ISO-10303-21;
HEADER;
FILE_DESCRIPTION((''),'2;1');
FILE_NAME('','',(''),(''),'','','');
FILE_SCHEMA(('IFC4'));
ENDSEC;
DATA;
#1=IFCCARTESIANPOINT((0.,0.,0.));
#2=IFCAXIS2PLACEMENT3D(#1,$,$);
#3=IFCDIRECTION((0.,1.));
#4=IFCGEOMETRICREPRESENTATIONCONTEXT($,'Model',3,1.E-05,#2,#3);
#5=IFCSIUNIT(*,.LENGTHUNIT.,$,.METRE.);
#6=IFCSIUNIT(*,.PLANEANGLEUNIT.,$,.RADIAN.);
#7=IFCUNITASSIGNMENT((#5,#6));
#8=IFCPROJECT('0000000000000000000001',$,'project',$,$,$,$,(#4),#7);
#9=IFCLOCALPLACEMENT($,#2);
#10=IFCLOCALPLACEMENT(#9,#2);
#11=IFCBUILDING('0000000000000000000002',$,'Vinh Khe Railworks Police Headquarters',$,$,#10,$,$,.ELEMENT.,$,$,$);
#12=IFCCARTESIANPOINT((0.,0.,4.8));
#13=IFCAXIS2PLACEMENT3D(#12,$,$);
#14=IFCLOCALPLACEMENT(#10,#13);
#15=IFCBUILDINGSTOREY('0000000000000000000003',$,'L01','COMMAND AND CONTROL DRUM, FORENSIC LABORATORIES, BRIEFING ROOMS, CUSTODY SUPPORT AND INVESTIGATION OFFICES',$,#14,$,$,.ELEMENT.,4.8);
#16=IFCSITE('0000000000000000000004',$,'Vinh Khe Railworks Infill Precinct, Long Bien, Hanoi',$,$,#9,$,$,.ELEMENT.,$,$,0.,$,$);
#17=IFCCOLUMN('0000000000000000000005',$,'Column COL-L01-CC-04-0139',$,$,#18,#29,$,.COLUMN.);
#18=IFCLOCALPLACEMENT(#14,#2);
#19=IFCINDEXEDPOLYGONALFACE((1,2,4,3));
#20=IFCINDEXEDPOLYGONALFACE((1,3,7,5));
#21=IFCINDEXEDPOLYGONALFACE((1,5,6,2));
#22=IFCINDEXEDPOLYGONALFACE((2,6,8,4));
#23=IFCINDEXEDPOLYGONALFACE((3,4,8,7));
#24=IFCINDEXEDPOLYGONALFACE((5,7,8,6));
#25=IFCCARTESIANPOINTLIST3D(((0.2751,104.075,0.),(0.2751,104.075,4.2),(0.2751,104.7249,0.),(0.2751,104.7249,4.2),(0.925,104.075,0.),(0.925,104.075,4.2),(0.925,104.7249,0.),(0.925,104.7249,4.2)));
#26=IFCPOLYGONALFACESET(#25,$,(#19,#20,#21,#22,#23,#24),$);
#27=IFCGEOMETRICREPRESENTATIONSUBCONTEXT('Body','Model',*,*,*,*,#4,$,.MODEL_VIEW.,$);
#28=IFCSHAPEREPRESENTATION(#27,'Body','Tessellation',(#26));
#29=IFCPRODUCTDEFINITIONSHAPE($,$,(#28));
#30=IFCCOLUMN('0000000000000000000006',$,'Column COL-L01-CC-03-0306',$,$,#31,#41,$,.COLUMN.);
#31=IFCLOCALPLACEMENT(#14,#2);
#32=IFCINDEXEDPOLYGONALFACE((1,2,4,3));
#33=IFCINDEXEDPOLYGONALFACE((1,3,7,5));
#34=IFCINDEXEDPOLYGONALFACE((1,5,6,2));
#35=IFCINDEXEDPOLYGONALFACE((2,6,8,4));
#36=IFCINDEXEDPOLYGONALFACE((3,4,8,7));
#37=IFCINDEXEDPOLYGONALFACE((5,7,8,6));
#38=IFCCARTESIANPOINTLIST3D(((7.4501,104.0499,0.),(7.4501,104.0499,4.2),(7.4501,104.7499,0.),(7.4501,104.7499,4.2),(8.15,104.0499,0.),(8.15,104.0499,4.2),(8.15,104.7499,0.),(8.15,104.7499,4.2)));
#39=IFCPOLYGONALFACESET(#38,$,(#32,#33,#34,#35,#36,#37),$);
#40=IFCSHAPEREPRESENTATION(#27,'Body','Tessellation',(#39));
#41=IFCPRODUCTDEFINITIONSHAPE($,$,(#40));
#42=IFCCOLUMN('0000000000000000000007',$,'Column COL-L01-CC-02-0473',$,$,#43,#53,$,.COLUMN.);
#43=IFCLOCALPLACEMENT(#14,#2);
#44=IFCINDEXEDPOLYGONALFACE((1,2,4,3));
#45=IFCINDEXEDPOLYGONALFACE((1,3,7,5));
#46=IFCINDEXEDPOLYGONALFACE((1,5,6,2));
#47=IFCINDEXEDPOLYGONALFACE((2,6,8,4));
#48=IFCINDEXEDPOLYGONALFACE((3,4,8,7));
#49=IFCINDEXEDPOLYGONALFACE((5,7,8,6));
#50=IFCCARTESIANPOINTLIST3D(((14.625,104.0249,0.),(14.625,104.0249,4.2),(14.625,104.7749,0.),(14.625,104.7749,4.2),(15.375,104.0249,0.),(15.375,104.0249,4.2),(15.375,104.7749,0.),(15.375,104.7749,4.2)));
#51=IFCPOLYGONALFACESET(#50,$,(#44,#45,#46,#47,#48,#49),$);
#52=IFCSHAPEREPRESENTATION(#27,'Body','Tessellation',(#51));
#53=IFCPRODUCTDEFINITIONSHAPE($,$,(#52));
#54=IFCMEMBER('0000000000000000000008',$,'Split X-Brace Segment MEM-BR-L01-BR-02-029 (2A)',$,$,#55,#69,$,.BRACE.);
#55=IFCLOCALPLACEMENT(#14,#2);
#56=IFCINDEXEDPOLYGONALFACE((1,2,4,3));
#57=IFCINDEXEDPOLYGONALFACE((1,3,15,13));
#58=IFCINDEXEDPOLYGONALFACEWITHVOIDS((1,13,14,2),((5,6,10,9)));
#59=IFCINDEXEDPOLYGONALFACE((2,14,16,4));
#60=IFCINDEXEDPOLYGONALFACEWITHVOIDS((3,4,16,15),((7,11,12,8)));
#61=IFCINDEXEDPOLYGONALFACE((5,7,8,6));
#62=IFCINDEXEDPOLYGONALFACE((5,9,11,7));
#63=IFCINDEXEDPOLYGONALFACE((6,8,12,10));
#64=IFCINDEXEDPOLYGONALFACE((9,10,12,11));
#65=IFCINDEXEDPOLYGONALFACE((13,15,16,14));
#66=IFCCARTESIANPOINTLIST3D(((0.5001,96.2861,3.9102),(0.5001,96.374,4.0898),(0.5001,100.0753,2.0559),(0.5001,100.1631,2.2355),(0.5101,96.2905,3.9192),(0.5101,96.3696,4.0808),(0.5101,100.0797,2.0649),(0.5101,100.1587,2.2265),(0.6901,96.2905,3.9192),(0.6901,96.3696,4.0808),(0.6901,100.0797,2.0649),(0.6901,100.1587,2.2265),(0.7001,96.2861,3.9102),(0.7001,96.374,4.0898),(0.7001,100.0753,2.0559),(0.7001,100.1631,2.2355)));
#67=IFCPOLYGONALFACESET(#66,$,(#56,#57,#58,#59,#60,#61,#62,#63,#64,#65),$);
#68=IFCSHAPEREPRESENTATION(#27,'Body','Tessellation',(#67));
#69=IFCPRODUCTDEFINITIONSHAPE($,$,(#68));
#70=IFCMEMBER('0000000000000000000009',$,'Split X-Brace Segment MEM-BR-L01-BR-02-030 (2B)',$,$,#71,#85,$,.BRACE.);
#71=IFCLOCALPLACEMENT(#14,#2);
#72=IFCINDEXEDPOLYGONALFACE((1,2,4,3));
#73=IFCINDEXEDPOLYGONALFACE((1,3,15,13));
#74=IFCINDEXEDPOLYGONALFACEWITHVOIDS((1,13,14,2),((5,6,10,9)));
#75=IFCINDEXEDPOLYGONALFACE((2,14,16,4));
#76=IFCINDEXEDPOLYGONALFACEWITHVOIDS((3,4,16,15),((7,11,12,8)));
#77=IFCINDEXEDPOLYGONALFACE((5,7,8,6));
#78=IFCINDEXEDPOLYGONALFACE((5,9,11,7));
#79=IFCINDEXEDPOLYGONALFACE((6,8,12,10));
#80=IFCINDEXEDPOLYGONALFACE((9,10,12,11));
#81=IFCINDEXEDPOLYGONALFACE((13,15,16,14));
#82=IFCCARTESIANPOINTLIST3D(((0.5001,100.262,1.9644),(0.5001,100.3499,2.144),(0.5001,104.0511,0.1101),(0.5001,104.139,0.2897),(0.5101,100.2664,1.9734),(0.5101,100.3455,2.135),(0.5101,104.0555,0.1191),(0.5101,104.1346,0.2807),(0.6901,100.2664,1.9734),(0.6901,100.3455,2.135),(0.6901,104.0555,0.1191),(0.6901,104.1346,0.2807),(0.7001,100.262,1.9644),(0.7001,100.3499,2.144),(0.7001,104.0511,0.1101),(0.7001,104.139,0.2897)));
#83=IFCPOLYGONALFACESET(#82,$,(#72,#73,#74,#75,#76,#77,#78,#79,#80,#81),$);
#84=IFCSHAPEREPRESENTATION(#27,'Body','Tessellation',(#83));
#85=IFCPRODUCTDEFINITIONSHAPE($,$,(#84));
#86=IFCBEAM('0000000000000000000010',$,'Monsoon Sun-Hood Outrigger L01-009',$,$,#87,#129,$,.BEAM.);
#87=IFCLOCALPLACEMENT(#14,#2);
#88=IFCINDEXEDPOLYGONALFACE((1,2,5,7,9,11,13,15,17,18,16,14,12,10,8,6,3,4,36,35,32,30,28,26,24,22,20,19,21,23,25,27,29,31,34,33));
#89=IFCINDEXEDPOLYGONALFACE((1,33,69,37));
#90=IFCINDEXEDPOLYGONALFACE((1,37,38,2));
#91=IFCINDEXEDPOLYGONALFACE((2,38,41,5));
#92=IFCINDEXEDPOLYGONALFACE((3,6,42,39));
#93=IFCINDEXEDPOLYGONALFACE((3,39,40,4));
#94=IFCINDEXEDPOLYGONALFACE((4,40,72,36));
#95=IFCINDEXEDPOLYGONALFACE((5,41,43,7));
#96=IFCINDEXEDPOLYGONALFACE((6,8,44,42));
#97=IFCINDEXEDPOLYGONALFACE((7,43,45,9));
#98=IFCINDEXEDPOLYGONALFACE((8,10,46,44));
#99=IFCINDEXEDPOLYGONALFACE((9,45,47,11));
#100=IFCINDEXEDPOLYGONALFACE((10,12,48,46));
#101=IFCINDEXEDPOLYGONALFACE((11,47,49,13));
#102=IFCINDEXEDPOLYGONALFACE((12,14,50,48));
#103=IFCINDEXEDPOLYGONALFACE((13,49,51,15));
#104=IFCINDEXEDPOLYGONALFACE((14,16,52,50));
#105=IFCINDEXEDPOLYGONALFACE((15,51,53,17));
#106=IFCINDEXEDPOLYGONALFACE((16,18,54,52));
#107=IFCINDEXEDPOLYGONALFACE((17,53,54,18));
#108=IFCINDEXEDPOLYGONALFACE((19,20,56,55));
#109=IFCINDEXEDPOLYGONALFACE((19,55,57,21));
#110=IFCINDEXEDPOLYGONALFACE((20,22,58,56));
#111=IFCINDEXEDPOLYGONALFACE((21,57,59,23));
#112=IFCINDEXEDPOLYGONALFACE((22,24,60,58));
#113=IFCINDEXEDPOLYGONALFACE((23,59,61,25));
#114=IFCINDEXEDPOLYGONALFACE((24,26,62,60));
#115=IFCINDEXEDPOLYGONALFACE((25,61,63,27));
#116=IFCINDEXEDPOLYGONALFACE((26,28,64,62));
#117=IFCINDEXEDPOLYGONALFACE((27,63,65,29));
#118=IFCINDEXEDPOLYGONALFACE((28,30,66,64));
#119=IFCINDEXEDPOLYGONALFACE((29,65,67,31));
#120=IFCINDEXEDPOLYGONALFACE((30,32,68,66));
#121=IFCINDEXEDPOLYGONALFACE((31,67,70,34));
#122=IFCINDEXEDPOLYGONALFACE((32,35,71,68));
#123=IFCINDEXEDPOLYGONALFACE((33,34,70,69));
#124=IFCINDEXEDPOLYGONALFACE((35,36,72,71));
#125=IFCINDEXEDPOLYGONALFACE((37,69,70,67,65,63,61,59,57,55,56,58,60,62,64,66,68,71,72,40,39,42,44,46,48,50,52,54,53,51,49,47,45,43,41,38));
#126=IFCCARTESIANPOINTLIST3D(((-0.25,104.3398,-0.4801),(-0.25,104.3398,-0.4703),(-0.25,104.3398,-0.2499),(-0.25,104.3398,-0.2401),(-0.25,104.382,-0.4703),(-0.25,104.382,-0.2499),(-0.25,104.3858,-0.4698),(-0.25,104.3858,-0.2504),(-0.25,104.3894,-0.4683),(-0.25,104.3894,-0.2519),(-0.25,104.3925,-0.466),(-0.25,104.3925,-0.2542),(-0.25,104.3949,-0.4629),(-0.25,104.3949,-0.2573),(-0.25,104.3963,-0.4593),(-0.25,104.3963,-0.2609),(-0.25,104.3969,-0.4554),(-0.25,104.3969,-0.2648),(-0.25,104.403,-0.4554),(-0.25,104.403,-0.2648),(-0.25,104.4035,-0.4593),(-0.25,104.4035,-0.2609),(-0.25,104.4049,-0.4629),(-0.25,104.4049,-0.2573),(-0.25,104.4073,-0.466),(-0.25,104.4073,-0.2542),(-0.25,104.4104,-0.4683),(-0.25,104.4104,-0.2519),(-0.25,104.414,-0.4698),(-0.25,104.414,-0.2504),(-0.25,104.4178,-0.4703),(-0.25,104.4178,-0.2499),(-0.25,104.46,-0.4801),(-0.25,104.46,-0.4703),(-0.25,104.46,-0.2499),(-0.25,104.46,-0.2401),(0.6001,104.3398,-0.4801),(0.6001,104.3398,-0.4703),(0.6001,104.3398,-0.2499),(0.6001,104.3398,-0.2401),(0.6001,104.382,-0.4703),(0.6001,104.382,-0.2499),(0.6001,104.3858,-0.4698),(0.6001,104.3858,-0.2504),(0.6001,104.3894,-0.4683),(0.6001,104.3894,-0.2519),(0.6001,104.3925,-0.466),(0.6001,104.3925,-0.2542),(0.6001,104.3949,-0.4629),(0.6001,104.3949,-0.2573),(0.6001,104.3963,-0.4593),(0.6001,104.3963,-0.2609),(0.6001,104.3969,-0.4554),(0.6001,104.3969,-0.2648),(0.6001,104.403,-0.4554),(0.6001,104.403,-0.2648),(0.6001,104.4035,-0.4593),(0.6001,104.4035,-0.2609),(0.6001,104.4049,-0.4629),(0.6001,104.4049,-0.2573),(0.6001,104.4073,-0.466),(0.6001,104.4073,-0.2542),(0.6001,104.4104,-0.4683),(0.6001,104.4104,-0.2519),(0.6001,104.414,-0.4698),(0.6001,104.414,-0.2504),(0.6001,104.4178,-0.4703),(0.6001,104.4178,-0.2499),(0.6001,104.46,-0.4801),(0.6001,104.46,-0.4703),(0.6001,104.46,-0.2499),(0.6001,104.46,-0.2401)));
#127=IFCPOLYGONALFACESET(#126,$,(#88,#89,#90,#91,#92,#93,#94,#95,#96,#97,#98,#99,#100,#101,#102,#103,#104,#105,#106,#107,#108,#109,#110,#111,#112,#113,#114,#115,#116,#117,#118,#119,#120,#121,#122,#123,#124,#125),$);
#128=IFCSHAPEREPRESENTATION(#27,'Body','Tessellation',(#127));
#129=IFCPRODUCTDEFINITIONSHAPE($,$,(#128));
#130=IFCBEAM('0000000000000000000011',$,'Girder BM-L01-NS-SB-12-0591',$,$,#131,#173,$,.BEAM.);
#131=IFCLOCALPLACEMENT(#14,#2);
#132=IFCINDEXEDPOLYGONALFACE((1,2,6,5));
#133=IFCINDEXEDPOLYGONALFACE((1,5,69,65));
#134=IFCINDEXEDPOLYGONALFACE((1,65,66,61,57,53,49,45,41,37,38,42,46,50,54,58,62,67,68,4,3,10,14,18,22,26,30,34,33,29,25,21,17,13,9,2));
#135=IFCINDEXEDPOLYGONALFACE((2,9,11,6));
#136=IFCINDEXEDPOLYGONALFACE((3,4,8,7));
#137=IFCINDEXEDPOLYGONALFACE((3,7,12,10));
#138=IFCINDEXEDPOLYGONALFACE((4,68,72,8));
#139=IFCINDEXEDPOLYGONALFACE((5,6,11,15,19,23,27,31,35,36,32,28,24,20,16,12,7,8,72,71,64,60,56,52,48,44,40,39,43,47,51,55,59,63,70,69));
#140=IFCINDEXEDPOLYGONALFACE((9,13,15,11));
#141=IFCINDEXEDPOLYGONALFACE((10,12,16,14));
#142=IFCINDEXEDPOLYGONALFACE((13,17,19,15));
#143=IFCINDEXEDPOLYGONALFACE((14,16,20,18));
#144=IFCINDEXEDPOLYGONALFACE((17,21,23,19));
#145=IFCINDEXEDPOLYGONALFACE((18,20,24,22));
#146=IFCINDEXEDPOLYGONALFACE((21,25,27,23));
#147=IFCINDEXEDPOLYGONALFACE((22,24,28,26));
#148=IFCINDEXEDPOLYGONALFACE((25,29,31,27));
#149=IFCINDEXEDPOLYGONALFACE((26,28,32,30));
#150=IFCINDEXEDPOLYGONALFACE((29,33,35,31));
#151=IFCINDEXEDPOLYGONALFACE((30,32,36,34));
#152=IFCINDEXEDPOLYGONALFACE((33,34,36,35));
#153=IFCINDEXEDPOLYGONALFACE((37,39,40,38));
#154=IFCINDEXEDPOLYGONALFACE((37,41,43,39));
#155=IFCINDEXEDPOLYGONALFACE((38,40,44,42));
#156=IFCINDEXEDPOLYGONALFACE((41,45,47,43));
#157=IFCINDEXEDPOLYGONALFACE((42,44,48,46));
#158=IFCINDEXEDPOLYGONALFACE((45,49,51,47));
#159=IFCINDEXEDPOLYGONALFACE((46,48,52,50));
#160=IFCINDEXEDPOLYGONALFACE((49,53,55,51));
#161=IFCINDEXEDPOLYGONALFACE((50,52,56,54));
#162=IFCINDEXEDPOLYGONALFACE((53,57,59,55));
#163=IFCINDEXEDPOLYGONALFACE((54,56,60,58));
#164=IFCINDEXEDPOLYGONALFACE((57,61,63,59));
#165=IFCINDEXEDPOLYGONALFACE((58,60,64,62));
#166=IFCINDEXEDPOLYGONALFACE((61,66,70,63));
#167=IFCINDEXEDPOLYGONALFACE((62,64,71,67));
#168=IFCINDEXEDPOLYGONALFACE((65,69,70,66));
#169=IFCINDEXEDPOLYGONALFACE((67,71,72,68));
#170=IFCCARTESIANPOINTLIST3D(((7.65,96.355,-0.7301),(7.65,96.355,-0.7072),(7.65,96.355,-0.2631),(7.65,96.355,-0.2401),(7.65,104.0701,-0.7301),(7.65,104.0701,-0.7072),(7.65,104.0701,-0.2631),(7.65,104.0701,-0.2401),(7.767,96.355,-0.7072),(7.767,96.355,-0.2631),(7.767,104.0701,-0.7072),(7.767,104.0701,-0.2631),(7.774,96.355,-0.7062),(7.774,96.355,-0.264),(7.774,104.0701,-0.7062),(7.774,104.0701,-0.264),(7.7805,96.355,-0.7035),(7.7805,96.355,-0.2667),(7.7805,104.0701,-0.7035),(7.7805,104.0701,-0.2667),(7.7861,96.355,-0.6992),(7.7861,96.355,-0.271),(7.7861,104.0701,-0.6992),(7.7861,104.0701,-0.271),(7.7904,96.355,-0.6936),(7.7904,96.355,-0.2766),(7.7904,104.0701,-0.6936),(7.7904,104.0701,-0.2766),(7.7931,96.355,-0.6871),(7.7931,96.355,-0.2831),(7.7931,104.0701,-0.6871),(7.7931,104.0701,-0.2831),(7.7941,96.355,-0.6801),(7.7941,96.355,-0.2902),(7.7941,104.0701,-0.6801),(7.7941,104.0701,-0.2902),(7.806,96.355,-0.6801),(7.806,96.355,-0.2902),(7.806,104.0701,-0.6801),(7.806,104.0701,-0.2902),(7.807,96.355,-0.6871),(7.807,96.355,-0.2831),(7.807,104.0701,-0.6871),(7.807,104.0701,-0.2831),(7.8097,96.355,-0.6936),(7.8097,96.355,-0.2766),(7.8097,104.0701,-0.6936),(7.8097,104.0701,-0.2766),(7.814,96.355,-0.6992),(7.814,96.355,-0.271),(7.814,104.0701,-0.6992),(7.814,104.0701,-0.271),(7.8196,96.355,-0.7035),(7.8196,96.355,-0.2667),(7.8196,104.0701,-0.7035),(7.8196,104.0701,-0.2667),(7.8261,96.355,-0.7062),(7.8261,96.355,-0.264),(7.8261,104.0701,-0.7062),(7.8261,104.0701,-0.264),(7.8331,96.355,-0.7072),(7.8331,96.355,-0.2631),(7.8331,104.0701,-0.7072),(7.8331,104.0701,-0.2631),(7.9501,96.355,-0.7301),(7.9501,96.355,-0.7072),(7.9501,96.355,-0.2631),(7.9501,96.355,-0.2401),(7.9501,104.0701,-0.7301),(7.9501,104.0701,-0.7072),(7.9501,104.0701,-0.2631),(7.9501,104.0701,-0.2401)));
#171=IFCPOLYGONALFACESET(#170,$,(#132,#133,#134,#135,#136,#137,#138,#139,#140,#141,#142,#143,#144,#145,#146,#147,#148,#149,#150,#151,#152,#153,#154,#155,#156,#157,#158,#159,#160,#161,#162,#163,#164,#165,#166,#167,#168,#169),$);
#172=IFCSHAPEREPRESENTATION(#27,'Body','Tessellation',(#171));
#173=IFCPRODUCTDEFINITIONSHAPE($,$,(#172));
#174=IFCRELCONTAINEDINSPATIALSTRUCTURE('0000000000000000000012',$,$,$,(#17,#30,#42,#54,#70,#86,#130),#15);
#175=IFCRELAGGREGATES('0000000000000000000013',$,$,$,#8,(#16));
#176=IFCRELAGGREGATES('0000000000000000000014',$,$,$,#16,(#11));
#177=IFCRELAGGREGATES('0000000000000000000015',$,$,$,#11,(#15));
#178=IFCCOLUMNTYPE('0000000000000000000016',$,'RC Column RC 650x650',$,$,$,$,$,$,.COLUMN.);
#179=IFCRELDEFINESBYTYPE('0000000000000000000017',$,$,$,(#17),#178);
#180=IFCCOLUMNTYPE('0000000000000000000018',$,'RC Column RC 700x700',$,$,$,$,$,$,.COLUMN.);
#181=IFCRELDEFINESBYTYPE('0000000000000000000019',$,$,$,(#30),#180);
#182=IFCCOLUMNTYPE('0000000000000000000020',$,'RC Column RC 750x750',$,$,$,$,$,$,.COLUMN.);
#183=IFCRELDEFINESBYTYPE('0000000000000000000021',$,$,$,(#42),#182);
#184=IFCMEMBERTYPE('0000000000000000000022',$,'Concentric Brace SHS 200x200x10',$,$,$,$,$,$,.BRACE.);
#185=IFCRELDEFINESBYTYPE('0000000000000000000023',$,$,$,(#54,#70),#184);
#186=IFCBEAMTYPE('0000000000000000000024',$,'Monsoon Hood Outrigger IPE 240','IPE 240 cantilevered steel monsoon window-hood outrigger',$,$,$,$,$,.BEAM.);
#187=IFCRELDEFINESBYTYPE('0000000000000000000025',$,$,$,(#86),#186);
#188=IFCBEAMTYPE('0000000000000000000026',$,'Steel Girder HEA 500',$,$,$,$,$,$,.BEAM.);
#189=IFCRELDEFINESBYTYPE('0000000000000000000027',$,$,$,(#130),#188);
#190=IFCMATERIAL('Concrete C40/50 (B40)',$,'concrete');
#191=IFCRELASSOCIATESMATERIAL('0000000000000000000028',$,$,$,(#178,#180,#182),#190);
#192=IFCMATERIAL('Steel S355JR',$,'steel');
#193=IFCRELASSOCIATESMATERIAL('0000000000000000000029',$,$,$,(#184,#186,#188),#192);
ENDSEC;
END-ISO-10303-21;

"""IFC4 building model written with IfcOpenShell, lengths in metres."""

from ifc_helpers import new_model, si_unit, direction, frame, origin, origin_2d, place, context, subcontext, project, spatial, rectangle, hollow_rectangle, i_section, extrude, material, material_profile, profile_set, type_object, element, save


model = new_model("IFC4")

# Units and contexts
model_context = context("Model", 3, precision=1e-05, world=origin(), true_north=direction((0.0, 1.0)))
body_context = subcontext(model_context, "Body", "Model", "MODEL_VIEW")
ifc_project = project(units=[si_unit("LENGTHUNIT", "METRE"), si_unit("PLANEANGLEUNIT", "RADIAN")], contexts=[model_context])

# Site, building, storey
site_placement = place(None, origin())
site = spatial("IfcSite", under=ifc_project, at=site_placement, Name="Vinh Khe Railworks Infill Precinct, Long Bien, Hanoi", CompositionType="ELEMENT", RefElevation=0.0)
building_placement = place(site_placement, origin())
building = spatial("IfcBuilding", under=site, at=building_placement, Name="Vinh Khe Railworks Police Headquarters", CompositionType="ELEMENT")
storey_placement = place(building_placement, frame((0.0, 0.0, 4.8)))
storey = spatial("IfcBuildingStorey", under=building, at=storey_placement, Name="L01", Description="COMMAND AND CONTROL DRUM, FORENSIC LABORATORIES, BRIEFING ROOMS, CUSTODY SUPPORT AND INVESTIGATION OFFICES", CompositionType="ELEMENT", Elevation=4.8)

# Columns
ifc_material_1 = material(Name="Concrete C40/50 (B40)", Category="concrete")
ifc_material_profile_1 = material_profile(ifc_material_1, rectangle(XDim=0.6499, YDim=0.6499, at=origin_2d()), Name="RC 650x650")
ifc_profile_set_1 = profile_set([ifc_material_profile_1], Name="Concrete C40/50 (B40)")
column_type_1 = type_object("IfcColumnType", Name="RC Column RC 650x650", PredefinedType="COLUMN", material=ifc_profile_set_1)
column_1_placement = place(storey_placement, frame((0.6001, 104.3999, 0.0), z_axis=(0.0, 0.0, 1.0), x_axis=(1.0, 0.0, 0.0)))
element("IfcColumn", 1, at=column_1_placement, inside=storey, type_object=column_type_1, Name="Column COL-L01-CC-04-0139", PredefinedType="COLUMN", context=body_context, shape_type="SweptSolid", body=[
    extrude(rectangle(XDim=0.6499, YDim=0.6499, at=origin_2d()), origin(), (0.0, 0.0, 1.0), 4.2),
])
ifc_material_profile_2 = material_profile(ifc_material_1, rectangle(XDim=0.7, YDim=0.7, at=origin_2d()), Name="RC 700x700")
ifc_profile_set_2 = profile_set([ifc_material_profile_2], Name="Concrete C40/50 (B40)")
column_type_2 = type_object("IfcColumnType", Name="RC Column RC 700x700", PredefinedType="COLUMN", material=ifc_profile_set_2)
column_2_placement = place(storey_placement, frame((7.8, 104.3999, 0.0), z_axis=(0.0, 0.0, 1.0), x_axis=(1.0, 0.0, 0.0)))
element("IfcColumn", 2, at=column_2_placement, inside=storey, type_object=column_type_2, Name="Column COL-L01-CC-03-0306", PredefinedType="COLUMN", context=body_context, shape_type="SweptSolid", body=[
    extrude(rectangle(XDim=0.7, YDim=0.7, at=origin_2d()), origin(), (0.0, 0.0, 1.0), 4.2),
])
ifc_material_profile_3 = material_profile(ifc_material_1, rectangle(XDim=0.75, YDim=0.75, at=origin_2d()), Name="RC 750x750")
ifc_profile_set_3 = profile_set([ifc_material_profile_3], Name="Concrete C40/50 (B40)")
column_type_3 = type_object("IfcColumnType", Name="RC Column RC 750x750", PredefinedType="COLUMN", material=ifc_profile_set_3)
column_3_placement = place(storey_placement, frame((15.0, 104.3999, 0.0), z_axis=(0.0, 0.0, 1.0), x_axis=(1.0, 0.0, 0.0)))
element("IfcColumn", 3, at=column_3_placement, inside=storey, type_object=column_type_3, Name="Column COL-L01-CC-02-0473", PredefinedType="COLUMN", context=body_context, shape_type="SweptSolid", body=[
    extrude(rectangle(XDim=0.75, YDim=0.75, at=origin_2d()), origin(), (0.0, 0.0, 1.0), 4.2),
])

# Members
ifc_material_2 = material(Name="Steel S355JR", Category="steel")
ifc_material_profile_4 = material_profile(ifc_material_2, hollow_rectangle(XDim=0.2, YDim=0.2, WallThickness=0.01, at=origin_2d()), Name="SHS 200x200x10")
ifc_profile_set_4 = profile_set([ifc_material_profile_4], Name="Steel S355JR")
member_type = type_object("IfcMemberType", Name="Concentric Brace SHS 200x200x10", PredefinedType="BRACE", material=ifc_profile_set_4)
for number, where, z_axis, x_axis, name in (
    (4, (0.6001, 96.3301, 4.0), (0.0, 0.898214, -0.439558), (-1.0, 0.0, 0.0), "Split X-Brace Segment MEM-BR-L01-BR-02-029 (2A)"),
    (5, (0.6001, 100.3059, 2.0542), (0.0, 0.898214, -0.439558), (-1.0, 0.0, 0.0), "Split X-Brace Segment MEM-BR-L01-BR-02-030 (2B)"),
):
    element("IfcMember", number, at=place(storey_placement, frame(where, z_axis=z_axis, x_axis=x_axis)), inside=storey, type_object=member_type, Name=name, PredefinedType="BRACE", context=body_context, shape_type="SweptSolid", body=[
        extrude(hollow_rectangle(XDim=0.2, YDim=0.2, WallThickness=0.01, at=origin_2d()), origin(), (0.0, 0.0, 1.0), 4.2185),
    ])

# Beams
ifc_material_profile_5 = material_profile(ifc_material_2, i_section(OverallWidth=0.1201, OverallDepth=0.24, WebThickness=0.0061, FlangeThickness=0.0098, FilletRadius=0.0149, at=origin_2d()), Name="IPE 240")
ifc_profile_set_5 = profile_set([ifc_material_profile_5], Name="Steel S355JR")
beam_type_1 = type_object("IfcBeamType", Name="Monsoon Hood Outrigger IPE 240", Description="IPE 240 cantilevered steel monsoon window-hood outrigger", PredefinedType="BEAM", material=ifc_profile_set_5)
beam_1_placement = place(storey_placement, frame((-0.25, 104.3999, -0.3601), z_axis=(1.0, 0.0, 0.0), x_axis=(0.0, 1.0, 0.0)))
element("IfcBeam", 6, at=beam_1_placement, inside=storey, type_object=beam_type_1, Name="Monsoon Sun-Hood Outrigger L01-009", PredefinedType="BEAM", context=body_context, shape_type="SweptSolid", body=[
    extrude(i_section(OverallWidth=0.1201, OverallDepth=0.24, WebThickness=0.0061, FlangeThickness=0.0098, FilletRadius=0.0149, at=origin_2d()), origin(), (0.0, 0.0, 1.0), 0.8501),
])
ifc_material_profile_6 = material_profile(ifc_material_2, i_section(OverallWidth=0.3, OverallDepth=0.49, WebThickness=0.012, FlangeThickness=0.0229, FilletRadius=0.0271, at=origin_2d()), Name="HEA 500")
ifc_profile_set_6 = profile_set([ifc_material_profile_6], Name="Steel S355JR")
beam_type_2 = type_object("IfcBeamType", Name="Steel Girder HEA 500", PredefinedType="BEAM", material=ifc_profile_set_6)
beam_2_placement = place(storey_placement, frame((7.8, 96.355, -0.4851), z_axis=(0.0, 1.0, 0.0), x_axis=(-1.0, 0.0, 0.0)))
element("IfcBeam", 7, at=beam_2_placement, inside=storey, type_object=beam_type_2, Name="Girder BM-L01-NS-SB-12-0591", PredefinedType="BEAM", context=body_context, shape_type="SweptSolid", body=[
    extrude(i_section(OverallWidth=0.3, OverallDepth=0.49, WebThickness=0.012, FlangeThickness=0.0229, FilletRadius=0.0271, at=origin_2d()), origin(), (0.0, 0.0, 1.0), 7.7151),
])

save(model, "model.ifc")
